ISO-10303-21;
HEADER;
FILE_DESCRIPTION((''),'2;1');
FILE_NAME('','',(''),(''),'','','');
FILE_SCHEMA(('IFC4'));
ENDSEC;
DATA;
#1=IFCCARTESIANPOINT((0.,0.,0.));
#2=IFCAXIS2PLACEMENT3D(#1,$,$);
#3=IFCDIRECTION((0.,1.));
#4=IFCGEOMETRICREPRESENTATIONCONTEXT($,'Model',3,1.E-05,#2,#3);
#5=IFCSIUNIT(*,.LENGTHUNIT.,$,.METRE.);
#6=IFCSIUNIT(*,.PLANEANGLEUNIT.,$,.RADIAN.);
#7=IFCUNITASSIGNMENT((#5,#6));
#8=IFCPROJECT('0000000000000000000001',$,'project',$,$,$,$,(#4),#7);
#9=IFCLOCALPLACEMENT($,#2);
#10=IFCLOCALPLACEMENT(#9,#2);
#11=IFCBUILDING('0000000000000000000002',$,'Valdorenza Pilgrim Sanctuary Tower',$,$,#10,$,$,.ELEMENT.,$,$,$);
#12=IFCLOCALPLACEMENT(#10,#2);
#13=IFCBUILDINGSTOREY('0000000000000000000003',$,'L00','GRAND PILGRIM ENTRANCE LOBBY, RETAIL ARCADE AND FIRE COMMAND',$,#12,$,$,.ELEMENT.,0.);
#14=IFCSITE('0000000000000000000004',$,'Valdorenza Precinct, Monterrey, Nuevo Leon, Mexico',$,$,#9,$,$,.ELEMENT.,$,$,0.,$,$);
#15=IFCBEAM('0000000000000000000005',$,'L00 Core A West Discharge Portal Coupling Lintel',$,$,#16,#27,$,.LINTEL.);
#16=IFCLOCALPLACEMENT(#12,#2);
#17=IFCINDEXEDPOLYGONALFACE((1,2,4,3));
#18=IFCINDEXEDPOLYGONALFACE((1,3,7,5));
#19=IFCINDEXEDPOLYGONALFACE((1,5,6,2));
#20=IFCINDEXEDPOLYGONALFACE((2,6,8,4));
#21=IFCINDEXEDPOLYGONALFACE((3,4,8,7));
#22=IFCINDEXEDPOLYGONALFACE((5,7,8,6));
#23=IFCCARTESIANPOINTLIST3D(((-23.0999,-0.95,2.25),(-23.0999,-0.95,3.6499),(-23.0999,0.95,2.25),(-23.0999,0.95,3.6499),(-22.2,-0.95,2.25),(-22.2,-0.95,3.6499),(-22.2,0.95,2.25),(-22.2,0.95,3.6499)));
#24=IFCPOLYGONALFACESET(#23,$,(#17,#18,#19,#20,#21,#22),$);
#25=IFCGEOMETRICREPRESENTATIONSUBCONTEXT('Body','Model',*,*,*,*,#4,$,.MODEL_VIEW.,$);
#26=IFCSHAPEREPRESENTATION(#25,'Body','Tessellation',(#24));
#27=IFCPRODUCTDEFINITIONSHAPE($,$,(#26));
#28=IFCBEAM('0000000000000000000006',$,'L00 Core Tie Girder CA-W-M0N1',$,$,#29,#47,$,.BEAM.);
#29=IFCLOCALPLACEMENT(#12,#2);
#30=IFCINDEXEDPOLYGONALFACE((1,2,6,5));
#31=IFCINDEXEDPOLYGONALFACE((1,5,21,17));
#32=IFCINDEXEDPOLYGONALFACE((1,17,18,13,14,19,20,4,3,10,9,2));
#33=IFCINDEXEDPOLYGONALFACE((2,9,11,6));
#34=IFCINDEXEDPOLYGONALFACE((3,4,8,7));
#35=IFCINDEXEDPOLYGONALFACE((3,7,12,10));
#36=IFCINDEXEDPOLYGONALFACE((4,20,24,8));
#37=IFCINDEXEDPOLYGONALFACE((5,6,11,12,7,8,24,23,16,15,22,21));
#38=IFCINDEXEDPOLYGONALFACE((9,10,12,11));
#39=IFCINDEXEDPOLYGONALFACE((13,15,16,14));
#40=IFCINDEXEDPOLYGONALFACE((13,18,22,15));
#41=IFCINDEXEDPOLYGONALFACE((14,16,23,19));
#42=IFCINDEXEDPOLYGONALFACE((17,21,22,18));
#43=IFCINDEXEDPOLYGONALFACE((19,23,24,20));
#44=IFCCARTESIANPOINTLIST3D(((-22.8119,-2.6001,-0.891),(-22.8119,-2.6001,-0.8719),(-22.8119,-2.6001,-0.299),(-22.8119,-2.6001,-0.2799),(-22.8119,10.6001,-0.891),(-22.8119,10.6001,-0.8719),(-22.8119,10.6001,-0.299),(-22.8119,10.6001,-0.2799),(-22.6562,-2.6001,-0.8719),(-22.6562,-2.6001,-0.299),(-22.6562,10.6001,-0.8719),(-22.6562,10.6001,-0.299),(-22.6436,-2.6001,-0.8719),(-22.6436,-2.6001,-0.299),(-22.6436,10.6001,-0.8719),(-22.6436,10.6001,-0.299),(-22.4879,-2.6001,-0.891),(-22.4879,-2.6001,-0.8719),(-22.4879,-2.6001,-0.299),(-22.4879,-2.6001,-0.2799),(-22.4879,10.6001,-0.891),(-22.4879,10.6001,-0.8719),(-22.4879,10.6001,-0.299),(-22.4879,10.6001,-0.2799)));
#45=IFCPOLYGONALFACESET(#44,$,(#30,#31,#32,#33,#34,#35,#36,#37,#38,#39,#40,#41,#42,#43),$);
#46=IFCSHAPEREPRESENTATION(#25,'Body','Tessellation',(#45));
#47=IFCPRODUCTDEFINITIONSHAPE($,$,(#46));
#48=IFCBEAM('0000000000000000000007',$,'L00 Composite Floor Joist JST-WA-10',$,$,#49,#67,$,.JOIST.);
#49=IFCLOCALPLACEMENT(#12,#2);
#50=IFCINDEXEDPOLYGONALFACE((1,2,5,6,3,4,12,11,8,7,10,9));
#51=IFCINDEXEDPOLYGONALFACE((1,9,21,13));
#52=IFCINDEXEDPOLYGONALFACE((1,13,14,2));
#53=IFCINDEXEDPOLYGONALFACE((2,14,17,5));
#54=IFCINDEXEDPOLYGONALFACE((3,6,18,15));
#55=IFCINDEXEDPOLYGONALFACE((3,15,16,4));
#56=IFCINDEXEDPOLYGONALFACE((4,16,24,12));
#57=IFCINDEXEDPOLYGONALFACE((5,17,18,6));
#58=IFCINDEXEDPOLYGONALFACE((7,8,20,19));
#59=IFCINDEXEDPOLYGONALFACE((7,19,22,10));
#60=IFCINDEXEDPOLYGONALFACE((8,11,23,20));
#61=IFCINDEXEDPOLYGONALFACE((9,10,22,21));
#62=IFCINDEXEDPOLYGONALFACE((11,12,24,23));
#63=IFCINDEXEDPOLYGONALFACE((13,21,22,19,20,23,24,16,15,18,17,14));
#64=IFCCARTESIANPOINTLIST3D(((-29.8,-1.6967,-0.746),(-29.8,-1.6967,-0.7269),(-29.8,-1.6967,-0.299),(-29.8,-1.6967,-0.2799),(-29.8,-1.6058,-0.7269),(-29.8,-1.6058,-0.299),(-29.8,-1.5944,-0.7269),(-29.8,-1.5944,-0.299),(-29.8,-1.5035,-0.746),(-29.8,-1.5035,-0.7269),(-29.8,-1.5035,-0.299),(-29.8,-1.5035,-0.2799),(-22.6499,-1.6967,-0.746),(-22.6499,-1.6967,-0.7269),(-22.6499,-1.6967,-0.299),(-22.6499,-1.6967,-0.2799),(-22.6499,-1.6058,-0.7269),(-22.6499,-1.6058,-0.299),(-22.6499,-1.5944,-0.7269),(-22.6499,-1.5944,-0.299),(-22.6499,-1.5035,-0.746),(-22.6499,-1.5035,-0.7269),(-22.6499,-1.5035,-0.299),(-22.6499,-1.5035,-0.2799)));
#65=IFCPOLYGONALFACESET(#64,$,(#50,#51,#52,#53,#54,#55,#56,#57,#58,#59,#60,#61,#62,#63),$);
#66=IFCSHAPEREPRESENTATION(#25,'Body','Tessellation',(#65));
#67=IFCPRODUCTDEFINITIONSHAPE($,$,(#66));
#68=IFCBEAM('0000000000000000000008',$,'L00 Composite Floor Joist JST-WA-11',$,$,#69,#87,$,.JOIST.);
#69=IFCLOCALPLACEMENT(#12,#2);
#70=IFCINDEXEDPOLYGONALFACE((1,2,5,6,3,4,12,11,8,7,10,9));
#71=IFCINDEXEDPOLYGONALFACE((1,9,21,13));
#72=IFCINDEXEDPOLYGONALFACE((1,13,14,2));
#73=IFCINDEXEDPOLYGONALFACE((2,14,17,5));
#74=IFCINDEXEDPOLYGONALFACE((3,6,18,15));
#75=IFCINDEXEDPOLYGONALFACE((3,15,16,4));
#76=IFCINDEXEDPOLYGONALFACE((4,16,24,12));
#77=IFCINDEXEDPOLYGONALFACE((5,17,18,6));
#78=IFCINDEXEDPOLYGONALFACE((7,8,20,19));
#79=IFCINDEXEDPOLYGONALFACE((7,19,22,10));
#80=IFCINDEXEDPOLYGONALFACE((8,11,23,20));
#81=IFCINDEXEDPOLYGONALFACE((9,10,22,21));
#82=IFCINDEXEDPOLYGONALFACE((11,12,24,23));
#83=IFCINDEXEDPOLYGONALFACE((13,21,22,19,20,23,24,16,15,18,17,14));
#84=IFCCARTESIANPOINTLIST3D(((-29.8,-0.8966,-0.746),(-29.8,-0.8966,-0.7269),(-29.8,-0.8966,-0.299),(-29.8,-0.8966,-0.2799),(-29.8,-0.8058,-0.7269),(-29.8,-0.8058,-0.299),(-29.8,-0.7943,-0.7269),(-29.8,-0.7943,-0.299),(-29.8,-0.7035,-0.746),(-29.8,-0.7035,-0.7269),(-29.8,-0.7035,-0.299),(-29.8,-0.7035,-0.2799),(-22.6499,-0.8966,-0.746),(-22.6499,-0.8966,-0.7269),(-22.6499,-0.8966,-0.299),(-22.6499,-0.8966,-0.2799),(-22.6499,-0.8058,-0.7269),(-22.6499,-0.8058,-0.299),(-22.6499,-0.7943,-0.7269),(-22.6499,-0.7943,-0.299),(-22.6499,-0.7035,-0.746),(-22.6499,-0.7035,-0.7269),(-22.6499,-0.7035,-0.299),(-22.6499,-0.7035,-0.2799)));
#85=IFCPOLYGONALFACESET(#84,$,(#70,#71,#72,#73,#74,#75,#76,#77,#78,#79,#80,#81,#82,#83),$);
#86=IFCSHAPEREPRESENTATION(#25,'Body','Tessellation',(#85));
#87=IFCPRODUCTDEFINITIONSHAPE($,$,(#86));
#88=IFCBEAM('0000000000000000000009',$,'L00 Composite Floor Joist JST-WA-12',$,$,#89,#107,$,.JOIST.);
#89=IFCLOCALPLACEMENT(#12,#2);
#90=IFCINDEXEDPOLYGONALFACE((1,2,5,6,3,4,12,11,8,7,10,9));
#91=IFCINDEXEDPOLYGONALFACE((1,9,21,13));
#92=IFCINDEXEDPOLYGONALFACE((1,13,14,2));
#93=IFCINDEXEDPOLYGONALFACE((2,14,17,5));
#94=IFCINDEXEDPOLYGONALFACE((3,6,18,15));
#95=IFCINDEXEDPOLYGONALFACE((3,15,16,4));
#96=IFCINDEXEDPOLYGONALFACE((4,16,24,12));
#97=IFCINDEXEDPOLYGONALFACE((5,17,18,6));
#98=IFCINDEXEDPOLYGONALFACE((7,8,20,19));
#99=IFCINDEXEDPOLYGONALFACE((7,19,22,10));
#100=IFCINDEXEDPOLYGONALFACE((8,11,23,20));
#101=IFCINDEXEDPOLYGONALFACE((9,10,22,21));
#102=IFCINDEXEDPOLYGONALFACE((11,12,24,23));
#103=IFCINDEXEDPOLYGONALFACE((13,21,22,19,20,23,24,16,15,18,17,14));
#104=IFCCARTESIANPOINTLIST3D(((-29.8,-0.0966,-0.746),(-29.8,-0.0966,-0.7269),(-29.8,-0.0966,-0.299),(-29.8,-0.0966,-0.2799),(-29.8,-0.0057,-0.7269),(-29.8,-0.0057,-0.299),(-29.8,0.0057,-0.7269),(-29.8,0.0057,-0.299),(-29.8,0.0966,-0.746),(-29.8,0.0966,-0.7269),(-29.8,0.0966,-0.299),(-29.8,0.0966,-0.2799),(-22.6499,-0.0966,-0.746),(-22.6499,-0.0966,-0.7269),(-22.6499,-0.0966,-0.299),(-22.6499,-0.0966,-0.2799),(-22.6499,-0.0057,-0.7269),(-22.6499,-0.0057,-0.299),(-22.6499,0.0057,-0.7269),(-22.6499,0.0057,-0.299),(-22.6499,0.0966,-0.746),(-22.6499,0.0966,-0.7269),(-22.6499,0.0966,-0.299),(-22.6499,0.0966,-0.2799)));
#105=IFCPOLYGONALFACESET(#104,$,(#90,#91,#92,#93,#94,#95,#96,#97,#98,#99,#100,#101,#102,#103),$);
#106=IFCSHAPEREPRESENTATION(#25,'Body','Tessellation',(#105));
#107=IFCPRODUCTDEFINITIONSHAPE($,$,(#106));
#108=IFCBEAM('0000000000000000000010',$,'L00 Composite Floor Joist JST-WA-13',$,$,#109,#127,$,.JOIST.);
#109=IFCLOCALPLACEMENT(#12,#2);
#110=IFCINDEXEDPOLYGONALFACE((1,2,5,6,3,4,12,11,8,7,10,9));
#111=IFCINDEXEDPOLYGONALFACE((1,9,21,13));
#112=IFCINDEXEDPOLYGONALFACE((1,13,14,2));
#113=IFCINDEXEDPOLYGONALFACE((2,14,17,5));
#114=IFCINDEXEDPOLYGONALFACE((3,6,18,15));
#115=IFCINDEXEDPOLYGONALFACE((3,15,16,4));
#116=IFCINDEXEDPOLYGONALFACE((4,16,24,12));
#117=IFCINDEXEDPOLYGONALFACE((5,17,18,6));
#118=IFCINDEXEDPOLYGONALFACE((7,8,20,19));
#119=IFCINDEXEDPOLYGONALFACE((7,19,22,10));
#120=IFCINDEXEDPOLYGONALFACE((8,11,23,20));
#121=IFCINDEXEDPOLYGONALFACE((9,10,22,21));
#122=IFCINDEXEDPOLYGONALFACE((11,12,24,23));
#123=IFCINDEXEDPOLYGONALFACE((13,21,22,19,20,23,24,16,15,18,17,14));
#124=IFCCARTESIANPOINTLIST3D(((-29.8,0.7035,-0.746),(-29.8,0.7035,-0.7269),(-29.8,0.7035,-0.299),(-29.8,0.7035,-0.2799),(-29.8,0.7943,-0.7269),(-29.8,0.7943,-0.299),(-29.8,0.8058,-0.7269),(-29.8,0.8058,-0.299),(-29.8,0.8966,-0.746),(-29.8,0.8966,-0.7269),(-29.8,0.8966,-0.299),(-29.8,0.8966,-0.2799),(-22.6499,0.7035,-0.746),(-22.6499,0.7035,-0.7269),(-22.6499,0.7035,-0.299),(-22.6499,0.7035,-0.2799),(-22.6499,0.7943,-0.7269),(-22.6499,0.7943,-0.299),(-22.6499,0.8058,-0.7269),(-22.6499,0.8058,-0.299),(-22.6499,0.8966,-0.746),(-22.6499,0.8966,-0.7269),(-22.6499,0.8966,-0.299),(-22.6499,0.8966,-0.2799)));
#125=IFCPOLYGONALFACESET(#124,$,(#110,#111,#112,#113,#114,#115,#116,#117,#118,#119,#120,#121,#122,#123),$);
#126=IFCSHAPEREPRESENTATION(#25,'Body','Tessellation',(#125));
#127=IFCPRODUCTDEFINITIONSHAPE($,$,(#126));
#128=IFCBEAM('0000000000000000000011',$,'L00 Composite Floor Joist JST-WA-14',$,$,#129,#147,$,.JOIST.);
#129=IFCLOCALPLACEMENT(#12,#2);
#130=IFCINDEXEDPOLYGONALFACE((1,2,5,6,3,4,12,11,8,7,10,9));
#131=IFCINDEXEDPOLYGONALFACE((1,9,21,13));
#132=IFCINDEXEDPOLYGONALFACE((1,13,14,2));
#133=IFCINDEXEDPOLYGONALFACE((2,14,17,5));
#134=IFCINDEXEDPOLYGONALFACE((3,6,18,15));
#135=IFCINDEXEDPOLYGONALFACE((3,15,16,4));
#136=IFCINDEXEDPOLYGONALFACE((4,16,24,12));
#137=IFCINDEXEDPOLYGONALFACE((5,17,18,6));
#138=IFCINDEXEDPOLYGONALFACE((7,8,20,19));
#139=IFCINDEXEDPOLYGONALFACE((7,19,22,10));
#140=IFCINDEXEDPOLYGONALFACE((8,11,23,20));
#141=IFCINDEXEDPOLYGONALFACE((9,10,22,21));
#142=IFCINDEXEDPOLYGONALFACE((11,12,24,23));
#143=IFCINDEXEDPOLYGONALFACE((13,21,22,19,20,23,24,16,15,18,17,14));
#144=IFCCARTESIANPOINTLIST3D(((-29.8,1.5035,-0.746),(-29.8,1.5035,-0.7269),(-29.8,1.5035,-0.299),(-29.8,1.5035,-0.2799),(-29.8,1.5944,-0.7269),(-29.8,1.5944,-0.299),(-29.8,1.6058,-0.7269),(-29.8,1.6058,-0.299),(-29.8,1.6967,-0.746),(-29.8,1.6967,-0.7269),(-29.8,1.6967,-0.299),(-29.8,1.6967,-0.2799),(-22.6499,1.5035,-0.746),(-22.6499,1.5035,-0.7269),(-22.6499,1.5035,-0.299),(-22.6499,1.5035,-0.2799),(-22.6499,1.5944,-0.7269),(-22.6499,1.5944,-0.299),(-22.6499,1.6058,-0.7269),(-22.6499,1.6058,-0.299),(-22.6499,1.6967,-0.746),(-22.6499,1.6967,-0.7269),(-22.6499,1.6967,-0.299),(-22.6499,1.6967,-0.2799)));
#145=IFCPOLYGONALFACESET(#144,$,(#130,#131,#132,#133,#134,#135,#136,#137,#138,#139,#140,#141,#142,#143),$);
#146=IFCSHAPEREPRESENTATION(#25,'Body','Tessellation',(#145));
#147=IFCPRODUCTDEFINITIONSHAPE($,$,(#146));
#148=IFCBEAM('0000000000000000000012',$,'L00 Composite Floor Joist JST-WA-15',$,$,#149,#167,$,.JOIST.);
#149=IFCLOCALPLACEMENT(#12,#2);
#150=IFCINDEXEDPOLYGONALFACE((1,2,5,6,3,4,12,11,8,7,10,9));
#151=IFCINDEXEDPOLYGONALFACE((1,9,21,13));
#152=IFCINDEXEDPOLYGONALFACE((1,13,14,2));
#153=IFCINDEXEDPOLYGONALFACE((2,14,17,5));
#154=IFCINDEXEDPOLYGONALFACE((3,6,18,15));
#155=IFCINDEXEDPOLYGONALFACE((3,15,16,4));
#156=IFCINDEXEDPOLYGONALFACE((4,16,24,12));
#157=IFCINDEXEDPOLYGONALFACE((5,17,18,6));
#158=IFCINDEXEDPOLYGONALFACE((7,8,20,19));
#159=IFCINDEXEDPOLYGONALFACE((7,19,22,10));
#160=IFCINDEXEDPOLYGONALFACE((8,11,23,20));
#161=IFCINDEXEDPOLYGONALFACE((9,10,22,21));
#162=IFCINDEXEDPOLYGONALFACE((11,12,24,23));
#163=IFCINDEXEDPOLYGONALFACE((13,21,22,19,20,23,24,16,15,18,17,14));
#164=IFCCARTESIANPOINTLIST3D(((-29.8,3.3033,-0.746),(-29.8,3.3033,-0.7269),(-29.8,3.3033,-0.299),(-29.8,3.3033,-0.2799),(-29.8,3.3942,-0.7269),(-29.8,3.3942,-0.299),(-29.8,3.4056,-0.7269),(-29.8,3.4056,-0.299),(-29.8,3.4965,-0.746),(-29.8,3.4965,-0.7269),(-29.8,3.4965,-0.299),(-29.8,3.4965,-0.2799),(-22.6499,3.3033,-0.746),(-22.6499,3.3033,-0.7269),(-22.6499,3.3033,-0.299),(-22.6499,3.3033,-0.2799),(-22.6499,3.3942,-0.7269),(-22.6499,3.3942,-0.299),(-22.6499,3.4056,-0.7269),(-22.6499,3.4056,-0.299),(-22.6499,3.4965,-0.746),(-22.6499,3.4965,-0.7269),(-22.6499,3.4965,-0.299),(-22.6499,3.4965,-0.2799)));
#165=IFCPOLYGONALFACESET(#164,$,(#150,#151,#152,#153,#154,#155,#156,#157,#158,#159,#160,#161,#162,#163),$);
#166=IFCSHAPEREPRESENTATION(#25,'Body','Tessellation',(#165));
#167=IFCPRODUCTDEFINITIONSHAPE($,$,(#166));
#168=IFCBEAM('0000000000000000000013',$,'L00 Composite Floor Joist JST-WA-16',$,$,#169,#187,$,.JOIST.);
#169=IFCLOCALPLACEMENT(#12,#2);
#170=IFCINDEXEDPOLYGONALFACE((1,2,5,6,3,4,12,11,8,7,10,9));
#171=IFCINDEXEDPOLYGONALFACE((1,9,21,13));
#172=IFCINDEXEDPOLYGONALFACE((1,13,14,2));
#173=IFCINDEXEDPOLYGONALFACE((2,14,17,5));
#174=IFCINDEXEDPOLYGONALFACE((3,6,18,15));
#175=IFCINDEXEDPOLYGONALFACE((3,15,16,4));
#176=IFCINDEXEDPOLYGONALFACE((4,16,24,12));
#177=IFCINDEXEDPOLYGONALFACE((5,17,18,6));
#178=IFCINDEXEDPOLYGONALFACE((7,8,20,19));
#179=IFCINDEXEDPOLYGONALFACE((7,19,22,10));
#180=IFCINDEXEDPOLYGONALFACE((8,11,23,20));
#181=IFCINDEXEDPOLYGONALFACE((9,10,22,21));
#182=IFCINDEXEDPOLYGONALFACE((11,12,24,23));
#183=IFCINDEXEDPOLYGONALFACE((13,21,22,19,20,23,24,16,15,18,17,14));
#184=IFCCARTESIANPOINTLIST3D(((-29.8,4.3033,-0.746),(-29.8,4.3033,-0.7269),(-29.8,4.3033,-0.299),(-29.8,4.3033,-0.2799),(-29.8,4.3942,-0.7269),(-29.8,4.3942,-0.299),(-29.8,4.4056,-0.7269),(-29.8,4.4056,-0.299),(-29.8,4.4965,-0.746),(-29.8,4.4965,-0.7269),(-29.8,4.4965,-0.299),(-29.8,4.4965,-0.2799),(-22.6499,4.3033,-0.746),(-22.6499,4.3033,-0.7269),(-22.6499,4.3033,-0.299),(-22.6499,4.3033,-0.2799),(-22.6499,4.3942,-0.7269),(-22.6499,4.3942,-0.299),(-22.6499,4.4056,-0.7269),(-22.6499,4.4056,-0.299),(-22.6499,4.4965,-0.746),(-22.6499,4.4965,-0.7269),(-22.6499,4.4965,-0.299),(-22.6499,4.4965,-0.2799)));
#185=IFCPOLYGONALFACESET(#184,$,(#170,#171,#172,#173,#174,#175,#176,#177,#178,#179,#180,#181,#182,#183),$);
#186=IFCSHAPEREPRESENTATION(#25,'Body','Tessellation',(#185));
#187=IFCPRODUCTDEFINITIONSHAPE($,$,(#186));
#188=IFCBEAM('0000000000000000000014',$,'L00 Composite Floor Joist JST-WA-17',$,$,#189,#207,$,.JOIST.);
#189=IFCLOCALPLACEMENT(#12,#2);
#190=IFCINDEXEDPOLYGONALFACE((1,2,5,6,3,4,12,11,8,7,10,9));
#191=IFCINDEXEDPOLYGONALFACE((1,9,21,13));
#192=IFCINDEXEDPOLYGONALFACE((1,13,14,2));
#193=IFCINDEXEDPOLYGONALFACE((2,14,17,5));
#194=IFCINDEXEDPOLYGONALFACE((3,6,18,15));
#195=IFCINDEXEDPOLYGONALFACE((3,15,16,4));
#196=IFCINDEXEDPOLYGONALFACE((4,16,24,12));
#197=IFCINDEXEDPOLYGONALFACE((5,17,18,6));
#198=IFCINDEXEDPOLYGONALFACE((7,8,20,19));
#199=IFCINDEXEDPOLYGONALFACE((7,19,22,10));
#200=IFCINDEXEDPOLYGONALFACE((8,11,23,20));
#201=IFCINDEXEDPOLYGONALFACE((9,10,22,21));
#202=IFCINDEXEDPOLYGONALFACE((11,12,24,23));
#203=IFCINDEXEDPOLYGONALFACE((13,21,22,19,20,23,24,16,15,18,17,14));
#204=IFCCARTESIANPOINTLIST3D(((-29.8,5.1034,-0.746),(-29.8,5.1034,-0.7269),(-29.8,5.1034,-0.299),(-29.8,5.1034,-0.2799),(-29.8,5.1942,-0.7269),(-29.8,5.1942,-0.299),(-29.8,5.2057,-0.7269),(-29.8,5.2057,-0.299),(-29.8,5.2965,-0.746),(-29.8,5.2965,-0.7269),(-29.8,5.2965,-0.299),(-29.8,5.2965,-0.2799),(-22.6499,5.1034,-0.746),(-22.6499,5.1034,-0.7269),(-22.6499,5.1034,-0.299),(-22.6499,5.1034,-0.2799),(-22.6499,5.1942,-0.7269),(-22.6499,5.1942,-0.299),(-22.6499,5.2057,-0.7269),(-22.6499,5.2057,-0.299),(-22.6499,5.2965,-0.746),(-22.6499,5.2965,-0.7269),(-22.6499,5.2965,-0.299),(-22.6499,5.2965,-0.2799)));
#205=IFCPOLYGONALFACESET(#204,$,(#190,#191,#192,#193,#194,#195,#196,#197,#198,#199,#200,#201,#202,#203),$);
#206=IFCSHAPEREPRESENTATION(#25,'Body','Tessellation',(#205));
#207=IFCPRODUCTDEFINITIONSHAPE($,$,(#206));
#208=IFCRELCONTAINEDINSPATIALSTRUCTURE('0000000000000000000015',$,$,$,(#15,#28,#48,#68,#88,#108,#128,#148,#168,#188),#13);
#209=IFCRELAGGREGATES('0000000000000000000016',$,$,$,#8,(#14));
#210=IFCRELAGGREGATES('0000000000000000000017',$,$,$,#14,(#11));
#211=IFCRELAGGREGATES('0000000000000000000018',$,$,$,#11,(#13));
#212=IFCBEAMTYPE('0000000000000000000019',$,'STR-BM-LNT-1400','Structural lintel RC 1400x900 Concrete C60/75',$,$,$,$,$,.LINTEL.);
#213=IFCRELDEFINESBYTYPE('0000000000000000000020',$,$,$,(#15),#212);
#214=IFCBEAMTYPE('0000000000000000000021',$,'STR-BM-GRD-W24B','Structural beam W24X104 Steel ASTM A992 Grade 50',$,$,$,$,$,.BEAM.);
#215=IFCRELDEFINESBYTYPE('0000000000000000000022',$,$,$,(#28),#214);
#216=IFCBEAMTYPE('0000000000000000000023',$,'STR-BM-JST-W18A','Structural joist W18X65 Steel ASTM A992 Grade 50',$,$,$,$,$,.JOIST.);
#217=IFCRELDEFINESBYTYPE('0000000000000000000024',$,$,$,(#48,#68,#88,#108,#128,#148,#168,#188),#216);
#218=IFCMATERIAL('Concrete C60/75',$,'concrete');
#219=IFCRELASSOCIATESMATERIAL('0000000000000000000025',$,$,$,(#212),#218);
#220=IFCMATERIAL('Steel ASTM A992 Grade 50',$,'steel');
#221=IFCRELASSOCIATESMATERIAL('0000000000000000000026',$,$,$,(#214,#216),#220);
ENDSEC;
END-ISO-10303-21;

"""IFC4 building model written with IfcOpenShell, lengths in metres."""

from ifc_helpers import new_model, si_unit, direction, frame, origin, origin_2d, place, context, subcontext, project, spatial, rectangle, i_section, extrude, source, transform, mapped, material, material_profile, profile_set, type_object, element, save


model = new_model("IFC4")

# Units and contexts
model_context = context("Model", 3, precision=1e-05, world=origin(), true_north=direction((0.0, 1.0)))
body_context = subcontext(model_context, "Body", "Model", "MODEL_VIEW")
ifc_project = project(units=[si_unit("LENGTHUNIT", "METRE"), si_unit("PLANEANGLEUNIT", "RADIAN")], contexts=[model_context])

# Site, building, storey
site_placement = place(None, origin())
site = spatial("IfcSite", under=ifc_project, at=site_placement, Name="Valdorenza Precinct, Monterrey, Nuevo Leon, Mexico", CompositionType="ELEMENT", RefElevation=0.0)
building_placement = place(site_placement, origin())
building = spatial("IfcBuilding", under=site, at=building_placement, Name="Valdorenza Pilgrim Sanctuary Tower", CompositionType="ELEMENT")
storey_placement = place(building_placement, origin())
storey = spatial("IfcBuildingStorey", under=building, at=storey_placement, Name="L00", Description="GRAND PILGRIM ENTRANCE LOBBY, RETAIL ARCADE AND FIRE COMMAND", CompositionType="ELEMENT", Elevation=0.0)

# Beams
ifc_material_1 = material(Name="Concrete C60/75", Category="concrete")
ifc_material_profile_1 = material_profile(ifc_material_1, rectangle(XDim=0.8999, YDim=1.3999, at=origin_2d()), Name="RC 1400x900")
ifc_profile_set_1 = profile_set([ifc_material_profile_1], Name="Concrete C60/75")
beam_type_1 = type_object("IfcBeamType", Name="STR-BM-LNT-1400", Description="Structural lintel RC 1400x900 Concrete C60/75", PredefinedType="LINTEL", material=ifc_profile_set_1)
shared_shape_1 = source(origin(), body_context, "Body", "SweptSolid", [
    extrude(rectangle(XDim=0.8999, YDim=1.3999, at=origin_2d()), origin(), (0.0, 0.0, 1.0), 1.8999),
])
beam_1_placement = place(storey_placement, frame((-22.6499, -0.95, 2.95), z_axis=(0.0, 1.0, 0.0), x_axis=(-1.0, 0.0, 0.0)))
element("IfcBeam", 1, at=beam_1_placement, inside=storey, type_object=beam_type_1, Name="L00 Core A West Discharge Portal Coupling Lintel", PredefinedType="LINTEL", context=body_context, shape_type="MappedRepresentation", body=[
    mapped(shared_shape_1, transform((0.0, 0.0, 0.0), x_axis=(1.0, 0.0, 0.0), y_axis=(0.0, 1.0, 0.0), z_axis=(0.0, 0.0, 1.0), scale=1.0)),
])
ifc_material_2 = material(Name="Steel ASTM A992 Grade 50", Category="steel")
ifc_material_profile_2 = material_profile(ifc_material_2, i_section(OverallWidth=0.324, OverallDepth=0.6111, WebThickness=0.0127, FlangeThickness=0.019, at=origin_2d()), Name="W24X104")
ifc_profile_set_2 = profile_set([ifc_material_profile_2], Name="Steel ASTM A992 Grade 50")
beam_type_2 = type_object("IfcBeamType", Name="STR-BM-GRD-W24B", Description="Structural beam W24X104 Steel ASTM A992 Grade 50", PredefinedType="BEAM", material=ifc_profile_set_2)
shared_shape_2 = source(origin(), body_context, "Body", "SweptSolid", [
    extrude(i_section(OverallWidth=0.324, OverallDepth=0.6111, WebThickness=0.0127, FlangeThickness=0.019, at=origin_2d()), origin(), (0.0, 0.0, 1.0), 13.2002),
])
beam_2_placement = place(storey_placement, frame((-22.6499, -2.6001, -0.5854), z_axis=(0.0, 1.0, 0.0), x_axis=(-1.0, 0.0, 0.0)))
element("IfcBeam", 2, at=beam_2_placement, inside=storey, type_object=beam_type_2, Name="L00 Core Tie Girder CA-W-M0N1", PredefinedType="BEAM", context=body_context, shape_type="MappedRepresentation", body=[
    mapped(shared_shape_2, transform((0.0, 0.0, 0.0), x_axis=(1.0, 0.0, 0.0), y_axis=(0.0, 1.0, 0.0), z_axis=(0.0, 0.0, 1.0), scale=1.0)),
])
ifc_material_profile_3 = material_profile(ifc_material_2, i_section(OverallWidth=0.1931, OverallDepth=0.4661, WebThickness=0.0115, FlangeThickness=0.019, at=origin_2d()), Name="W18X65")
ifc_profile_set_3 = profile_set([ifc_material_profile_3], Name="Steel ASTM A992 Grade 50")
beam_type_3 = type_object("IfcBeamType", Name="STR-BM-JST-W18A", Description="Structural joist W18X65 Steel ASTM A992 Grade 50", PredefinedType="JOIST", material=ifc_profile_set_3)
shared_shape_3 = source(origin(), body_context, "Body", "SweptSolid", [
    extrude(i_section(OverallWidth=0.1931, OverallDepth=0.4661, WebThickness=0.0115, FlangeThickness=0.019, at=origin_2d()), origin(), (0.0, 0.0, 1.0), 7.1501),
])
for number, where, z_axis, x_axis, name in (
    (3, (-29.8, -1.6001, -0.5129), (1.0, 0.0, 0.0), (0.0, 1.0, 0.0), "L00 Composite Floor Joist JST-WA-10"),
    (4, (-29.8, -0.8, -0.5129), (1.0, 0.0, 0.0), (0.0, 1.0, 0.0), "L00 Composite Floor Joist JST-WA-11"),
    (5, (-29.8, 0.0, -0.5129), (1.0, 0.0, 0.0), (0.0, 1.0, 0.0), "L00 Composite Floor Joist JST-WA-12"),
    (6, (-29.8, 0.8, -0.5129), (1.0, 0.0, 0.0), (0.0, 1.0, 0.0), "L00 Composite Floor Joist JST-WA-13"),
    (7, (-29.8, 1.6001, -0.5129), (1.0, 0.0, 0.0), (0.0, 1.0, 0.0), "L00 Composite Floor Joist JST-WA-14"),
    (8, (-29.8, 3.3999, -0.5129), (1.0, 0.0, 0.0), (0.0, 1.0, 0.0), "L00 Composite Floor Joist JST-WA-15"),
    (9, (-29.8, 4.3999, -0.5129), (1.0, 0.0, 0.0), (0.0, 1.0, 0.0), "L00 Composite Floor Joist JST-WA-16"),
    (10, (-29.8, 5.2, -0.5129), (1.0, 0.0, 0.0), (0.0, 1.0, 0.0), "L00 Composite Floor Joist JST-WA-17"),
):
    element("IfcBeam", number, at=place(storey_placement, frame(where, z_axis=z_axis, x_axis=x_axis)), inside=storey, type_object=beam_type_3, Name=name, PredefinedType="JOIST", context=body_context, shape_type="MappedRepresentation", body=[
        mapped(shared_shape_3, transform((0.0, 0.0, 0.0), x_axis=(1.0, 0.0, 0.0), y_axis=(0.0, 1.0, 0.0), z_axis=(0.0, 0.0, 1.0), scale=1.0)),
    ])

save(model, "model.ifc")
